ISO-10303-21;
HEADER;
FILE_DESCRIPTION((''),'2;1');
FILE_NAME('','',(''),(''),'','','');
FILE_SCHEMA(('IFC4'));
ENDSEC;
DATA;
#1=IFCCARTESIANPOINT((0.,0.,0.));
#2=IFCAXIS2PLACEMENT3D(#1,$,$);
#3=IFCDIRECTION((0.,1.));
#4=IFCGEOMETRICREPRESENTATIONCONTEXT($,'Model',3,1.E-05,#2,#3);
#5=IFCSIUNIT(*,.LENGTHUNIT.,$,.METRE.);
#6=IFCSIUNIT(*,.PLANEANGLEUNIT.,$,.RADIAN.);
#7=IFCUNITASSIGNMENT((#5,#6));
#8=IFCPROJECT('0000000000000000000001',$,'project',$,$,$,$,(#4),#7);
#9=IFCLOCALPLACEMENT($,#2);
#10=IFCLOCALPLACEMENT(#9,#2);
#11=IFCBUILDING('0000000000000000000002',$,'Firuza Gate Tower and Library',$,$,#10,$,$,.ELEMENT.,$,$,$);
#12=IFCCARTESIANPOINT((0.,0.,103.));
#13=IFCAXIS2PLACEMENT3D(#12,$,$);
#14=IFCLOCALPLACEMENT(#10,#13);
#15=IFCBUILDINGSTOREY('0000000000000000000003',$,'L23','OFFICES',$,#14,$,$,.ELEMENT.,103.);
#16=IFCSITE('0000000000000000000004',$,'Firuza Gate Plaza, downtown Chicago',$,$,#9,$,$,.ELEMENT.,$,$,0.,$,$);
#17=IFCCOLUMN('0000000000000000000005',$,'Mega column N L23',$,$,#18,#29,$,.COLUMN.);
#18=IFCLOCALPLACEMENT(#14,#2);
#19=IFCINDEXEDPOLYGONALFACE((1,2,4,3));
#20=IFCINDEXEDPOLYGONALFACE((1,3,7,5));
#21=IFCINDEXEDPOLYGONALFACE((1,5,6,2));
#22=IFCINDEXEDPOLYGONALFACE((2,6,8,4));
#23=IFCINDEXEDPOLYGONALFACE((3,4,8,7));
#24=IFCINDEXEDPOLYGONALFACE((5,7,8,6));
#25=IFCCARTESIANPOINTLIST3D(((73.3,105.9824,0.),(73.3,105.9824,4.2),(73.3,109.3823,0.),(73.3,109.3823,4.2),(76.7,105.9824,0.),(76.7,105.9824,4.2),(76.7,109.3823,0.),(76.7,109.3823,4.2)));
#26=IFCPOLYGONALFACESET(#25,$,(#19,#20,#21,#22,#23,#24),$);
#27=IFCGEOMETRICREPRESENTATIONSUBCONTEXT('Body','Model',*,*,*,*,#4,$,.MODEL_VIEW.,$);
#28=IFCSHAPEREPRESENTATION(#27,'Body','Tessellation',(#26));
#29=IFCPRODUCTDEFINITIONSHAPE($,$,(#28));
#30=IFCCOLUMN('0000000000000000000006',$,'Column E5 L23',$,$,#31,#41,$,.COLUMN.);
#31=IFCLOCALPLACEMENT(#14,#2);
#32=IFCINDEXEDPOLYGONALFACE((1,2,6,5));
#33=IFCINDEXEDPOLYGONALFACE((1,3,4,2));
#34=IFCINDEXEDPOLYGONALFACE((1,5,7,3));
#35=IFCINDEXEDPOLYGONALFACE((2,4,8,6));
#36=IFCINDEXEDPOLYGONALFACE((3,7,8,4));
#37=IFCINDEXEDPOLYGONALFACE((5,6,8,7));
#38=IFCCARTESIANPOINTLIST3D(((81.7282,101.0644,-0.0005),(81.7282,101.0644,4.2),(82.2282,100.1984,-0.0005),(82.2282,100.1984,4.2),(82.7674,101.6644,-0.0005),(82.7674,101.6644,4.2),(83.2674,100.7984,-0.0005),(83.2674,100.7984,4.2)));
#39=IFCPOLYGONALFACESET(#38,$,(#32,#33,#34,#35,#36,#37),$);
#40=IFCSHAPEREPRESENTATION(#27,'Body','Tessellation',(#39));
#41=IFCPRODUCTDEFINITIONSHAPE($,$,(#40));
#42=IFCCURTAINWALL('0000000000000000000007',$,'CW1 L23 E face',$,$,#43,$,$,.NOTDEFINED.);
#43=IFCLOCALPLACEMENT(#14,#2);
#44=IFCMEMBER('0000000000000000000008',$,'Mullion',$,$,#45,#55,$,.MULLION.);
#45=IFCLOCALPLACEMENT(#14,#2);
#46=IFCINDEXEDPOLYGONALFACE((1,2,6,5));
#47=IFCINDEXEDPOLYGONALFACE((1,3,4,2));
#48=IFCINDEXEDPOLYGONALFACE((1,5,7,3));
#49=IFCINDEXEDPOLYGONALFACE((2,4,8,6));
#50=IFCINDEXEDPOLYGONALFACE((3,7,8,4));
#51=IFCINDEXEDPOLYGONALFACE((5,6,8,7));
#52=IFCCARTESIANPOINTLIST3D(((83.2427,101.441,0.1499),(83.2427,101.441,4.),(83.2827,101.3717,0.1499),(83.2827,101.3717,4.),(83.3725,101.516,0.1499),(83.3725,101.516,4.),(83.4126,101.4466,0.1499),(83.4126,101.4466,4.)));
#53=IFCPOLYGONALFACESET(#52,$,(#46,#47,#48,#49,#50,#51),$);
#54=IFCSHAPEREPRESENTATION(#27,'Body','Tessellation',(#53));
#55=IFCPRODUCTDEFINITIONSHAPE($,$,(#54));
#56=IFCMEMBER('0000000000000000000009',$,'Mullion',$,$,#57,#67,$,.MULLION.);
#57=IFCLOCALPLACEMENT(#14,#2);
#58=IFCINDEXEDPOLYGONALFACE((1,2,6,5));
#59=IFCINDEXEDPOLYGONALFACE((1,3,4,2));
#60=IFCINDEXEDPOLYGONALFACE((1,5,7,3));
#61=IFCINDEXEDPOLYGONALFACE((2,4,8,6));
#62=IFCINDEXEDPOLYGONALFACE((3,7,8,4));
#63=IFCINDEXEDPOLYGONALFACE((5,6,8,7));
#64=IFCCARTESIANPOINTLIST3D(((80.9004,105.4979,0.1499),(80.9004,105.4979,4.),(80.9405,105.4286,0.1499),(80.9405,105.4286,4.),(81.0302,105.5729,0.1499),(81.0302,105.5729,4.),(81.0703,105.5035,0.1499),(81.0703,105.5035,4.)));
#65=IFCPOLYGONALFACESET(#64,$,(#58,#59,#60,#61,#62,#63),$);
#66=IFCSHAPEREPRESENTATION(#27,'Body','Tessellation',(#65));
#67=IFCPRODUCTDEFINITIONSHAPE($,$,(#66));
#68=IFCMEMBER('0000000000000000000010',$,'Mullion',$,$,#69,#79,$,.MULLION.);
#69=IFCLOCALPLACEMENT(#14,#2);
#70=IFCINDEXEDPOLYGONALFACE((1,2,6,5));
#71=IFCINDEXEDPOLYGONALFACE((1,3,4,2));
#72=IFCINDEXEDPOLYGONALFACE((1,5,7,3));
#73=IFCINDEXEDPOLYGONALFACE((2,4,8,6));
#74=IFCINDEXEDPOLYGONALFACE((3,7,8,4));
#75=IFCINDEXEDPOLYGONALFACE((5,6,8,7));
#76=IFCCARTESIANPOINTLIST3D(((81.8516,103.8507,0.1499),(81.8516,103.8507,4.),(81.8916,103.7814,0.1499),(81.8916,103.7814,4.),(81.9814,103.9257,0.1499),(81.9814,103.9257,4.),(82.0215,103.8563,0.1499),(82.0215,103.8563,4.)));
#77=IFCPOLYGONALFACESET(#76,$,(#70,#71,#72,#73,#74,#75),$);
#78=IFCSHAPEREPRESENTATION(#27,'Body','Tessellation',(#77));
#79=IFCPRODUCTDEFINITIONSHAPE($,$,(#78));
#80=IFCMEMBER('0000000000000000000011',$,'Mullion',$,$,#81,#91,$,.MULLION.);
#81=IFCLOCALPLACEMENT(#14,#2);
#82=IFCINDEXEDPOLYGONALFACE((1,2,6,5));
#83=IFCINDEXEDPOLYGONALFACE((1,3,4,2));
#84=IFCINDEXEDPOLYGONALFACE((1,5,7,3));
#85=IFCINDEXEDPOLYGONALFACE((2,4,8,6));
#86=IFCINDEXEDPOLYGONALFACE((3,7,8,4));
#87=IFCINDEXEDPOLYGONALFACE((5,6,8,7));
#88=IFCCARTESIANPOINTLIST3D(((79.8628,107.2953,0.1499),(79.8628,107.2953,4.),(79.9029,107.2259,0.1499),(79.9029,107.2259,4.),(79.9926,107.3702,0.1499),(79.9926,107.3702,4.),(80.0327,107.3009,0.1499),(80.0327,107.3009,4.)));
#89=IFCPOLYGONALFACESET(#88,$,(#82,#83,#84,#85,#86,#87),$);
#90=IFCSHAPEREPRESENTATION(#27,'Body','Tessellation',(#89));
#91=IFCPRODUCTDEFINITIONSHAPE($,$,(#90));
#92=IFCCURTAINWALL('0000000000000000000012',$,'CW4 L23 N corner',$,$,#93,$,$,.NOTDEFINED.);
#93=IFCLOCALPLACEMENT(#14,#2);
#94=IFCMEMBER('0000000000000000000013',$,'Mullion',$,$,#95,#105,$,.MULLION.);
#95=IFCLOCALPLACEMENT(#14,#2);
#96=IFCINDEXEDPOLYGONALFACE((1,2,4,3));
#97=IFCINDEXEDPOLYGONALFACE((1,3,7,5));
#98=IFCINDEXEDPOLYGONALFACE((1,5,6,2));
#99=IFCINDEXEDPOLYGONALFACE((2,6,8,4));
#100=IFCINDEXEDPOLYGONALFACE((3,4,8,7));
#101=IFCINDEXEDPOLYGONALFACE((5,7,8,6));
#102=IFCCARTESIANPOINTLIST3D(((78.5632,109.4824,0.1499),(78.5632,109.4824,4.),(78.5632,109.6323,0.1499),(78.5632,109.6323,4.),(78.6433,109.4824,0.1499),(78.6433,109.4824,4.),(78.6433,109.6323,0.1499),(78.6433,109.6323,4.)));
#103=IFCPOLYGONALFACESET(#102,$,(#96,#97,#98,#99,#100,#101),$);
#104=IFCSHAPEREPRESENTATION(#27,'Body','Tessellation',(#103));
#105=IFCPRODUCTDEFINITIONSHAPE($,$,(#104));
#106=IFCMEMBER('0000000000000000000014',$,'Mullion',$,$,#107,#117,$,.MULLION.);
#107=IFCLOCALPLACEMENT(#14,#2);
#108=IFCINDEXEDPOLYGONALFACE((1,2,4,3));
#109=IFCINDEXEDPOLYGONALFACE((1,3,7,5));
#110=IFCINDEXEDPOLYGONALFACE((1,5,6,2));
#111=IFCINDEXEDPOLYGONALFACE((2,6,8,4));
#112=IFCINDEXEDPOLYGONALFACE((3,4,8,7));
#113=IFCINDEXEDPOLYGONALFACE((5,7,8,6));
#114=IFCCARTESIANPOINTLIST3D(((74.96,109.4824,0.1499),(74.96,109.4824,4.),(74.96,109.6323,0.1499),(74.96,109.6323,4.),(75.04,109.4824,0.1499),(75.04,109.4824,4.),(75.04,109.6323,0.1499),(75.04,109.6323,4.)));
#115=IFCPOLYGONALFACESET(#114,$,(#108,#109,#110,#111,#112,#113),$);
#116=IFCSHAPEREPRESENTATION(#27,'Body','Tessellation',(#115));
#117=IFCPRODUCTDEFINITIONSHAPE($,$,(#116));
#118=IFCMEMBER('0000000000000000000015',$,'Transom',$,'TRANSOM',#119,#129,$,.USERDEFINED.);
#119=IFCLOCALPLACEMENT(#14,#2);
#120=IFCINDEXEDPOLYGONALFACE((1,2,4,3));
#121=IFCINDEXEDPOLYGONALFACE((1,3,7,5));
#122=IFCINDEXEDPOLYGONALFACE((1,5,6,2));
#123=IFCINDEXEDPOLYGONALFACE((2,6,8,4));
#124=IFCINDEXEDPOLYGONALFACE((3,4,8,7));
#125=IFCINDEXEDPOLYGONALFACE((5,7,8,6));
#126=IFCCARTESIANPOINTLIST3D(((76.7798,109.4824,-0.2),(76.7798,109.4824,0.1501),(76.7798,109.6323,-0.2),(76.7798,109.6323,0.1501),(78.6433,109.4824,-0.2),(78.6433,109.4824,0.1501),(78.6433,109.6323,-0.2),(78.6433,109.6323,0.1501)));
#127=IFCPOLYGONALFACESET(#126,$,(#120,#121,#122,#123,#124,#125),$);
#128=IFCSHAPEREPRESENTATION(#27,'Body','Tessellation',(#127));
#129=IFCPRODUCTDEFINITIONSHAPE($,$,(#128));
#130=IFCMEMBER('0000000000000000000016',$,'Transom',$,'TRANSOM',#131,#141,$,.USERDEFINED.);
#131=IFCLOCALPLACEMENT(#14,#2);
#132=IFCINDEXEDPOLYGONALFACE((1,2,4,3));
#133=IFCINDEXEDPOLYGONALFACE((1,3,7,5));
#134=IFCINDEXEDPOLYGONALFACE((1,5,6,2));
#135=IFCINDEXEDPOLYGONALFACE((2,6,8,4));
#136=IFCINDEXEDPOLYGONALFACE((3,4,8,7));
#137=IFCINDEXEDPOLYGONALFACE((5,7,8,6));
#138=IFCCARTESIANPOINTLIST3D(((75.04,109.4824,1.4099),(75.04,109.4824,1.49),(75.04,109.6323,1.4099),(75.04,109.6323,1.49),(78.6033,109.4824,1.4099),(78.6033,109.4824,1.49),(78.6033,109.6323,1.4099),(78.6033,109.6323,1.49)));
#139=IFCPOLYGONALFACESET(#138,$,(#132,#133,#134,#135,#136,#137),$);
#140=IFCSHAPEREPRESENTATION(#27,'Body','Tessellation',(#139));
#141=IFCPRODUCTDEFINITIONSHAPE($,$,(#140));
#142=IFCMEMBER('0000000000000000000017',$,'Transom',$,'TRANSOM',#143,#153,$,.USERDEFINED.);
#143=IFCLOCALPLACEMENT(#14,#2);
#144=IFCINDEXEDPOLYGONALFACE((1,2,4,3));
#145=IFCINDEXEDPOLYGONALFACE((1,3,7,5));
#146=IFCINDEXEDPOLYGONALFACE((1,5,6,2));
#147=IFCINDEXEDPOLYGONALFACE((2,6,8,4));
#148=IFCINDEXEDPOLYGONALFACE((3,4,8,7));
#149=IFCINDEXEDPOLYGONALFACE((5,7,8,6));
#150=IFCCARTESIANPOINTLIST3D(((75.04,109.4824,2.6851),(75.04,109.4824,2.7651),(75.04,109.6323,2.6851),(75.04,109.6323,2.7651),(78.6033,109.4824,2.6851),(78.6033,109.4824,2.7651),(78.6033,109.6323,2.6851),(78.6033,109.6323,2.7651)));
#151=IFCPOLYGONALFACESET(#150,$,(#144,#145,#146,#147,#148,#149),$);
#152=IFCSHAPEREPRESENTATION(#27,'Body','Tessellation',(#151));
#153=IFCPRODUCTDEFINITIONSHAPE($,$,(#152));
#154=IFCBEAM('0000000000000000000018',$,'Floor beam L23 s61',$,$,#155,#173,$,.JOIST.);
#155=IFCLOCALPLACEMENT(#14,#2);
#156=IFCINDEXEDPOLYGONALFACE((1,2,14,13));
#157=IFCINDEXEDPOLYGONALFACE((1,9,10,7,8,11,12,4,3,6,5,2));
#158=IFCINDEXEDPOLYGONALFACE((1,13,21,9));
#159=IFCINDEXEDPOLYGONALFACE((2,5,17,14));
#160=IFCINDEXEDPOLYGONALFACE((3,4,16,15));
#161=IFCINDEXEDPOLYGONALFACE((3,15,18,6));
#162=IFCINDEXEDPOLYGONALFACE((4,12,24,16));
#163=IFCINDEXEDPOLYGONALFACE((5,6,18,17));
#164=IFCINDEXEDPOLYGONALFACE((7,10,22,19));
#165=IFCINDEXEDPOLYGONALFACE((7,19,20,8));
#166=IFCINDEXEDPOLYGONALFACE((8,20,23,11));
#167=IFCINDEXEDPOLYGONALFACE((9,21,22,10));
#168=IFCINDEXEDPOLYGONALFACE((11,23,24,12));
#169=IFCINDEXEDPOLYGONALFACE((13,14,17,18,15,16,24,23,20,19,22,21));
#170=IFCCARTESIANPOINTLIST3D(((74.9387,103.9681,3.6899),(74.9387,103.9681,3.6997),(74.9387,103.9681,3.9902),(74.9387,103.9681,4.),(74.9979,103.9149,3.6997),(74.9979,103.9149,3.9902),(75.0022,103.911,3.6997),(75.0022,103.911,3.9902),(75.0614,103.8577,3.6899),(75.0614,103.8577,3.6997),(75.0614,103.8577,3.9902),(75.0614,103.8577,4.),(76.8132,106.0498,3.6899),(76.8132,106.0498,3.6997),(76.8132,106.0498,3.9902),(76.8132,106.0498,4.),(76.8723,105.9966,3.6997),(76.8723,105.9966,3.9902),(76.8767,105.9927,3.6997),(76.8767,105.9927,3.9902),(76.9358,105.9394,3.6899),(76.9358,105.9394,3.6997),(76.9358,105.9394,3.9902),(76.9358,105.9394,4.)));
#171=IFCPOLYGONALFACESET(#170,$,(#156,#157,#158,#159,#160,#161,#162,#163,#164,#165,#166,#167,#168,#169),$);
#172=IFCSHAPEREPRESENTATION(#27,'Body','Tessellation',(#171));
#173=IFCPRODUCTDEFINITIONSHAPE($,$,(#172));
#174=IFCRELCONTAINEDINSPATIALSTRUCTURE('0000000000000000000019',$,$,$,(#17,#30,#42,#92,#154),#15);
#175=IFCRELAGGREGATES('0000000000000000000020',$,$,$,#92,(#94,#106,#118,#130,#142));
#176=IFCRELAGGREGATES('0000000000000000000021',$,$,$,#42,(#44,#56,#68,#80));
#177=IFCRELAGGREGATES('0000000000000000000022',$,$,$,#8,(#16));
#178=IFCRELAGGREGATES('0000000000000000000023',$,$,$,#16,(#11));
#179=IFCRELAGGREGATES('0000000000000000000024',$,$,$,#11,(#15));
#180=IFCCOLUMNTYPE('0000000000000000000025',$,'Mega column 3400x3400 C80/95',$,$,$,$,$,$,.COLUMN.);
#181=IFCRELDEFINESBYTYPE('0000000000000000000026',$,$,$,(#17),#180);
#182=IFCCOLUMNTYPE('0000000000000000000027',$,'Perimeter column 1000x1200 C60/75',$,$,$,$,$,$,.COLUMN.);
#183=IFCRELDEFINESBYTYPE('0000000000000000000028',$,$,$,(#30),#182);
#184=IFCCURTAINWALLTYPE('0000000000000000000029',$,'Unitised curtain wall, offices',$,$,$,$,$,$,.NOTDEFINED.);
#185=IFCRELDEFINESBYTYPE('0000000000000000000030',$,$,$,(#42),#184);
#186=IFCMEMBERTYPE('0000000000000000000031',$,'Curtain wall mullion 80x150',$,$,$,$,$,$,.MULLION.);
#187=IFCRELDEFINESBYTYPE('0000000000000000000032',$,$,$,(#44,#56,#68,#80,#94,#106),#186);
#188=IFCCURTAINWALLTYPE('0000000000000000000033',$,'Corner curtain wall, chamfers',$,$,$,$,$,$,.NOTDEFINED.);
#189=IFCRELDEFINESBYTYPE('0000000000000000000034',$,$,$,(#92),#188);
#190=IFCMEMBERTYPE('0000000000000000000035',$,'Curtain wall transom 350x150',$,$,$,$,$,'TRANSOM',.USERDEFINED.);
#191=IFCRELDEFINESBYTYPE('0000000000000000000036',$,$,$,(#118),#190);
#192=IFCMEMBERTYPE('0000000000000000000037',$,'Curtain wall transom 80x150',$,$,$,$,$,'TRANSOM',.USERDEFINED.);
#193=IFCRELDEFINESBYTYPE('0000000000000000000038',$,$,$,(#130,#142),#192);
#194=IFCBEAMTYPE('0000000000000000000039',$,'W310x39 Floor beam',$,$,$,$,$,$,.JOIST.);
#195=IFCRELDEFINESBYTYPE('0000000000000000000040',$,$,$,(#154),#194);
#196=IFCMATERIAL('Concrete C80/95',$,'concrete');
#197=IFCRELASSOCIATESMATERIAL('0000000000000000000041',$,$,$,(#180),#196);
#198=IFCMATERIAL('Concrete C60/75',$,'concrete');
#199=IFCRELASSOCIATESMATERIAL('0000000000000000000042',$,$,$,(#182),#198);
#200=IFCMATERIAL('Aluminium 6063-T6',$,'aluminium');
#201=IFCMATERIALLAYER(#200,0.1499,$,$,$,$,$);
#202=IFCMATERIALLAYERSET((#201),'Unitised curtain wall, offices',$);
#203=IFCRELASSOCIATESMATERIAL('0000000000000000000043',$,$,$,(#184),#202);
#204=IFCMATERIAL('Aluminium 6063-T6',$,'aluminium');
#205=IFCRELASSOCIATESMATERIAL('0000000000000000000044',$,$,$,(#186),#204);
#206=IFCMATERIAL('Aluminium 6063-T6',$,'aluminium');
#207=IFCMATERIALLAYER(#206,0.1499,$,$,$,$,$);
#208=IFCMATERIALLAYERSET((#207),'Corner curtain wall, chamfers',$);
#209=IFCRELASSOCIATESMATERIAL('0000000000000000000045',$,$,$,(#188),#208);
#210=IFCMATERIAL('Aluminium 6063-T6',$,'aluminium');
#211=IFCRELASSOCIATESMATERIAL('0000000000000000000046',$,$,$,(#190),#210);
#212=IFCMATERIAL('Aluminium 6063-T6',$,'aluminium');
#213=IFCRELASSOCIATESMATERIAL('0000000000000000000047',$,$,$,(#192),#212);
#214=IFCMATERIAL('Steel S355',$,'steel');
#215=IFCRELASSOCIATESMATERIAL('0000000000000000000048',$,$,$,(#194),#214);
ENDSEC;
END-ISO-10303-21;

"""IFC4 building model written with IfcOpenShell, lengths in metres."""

from ifc_helpers import new_model, si_unit, direction, frame, origin, origin_2d, place, context, subcontext, project, spatial, rectangle, i_section, extrude, material, layer, layer_set, material_profile, profile_set, type_object, element, aggregate, save


model = new_model("IFC4")

# Units and contexts
model_context = context("Model", 3, precision=1e-05, world=origin(), true_north=direction((0.0, 1.0)))
body_context = subcontext(model_context, "Body", "Model", "MODEL_VIEW")
ifc_project = project(units=[si_unit("LENGTHUNIT", "METRE"), si_unit("PLANEANGLEUNIT", "RADIAN")], contexts=[model_context])

# Site, building, storey
site_placement = place(None, origin())
site = spatial("IfcSite", under=ifc_project, at=site_placement, Name="Firuza Gate Plaza, downtown Chicago", CompositionType="ELEMENT", RefElevation=0.0)
building_placement = place(site_placement, origin())
building = spatial("IfcBuilding", under=site, at=building_placement, Name="Firuza Gate Tower and Library", CompositionType="ELEMENT")
storey_placement = place(building_placement, frame((0.0, 0.0, 103.0)))
storey = spatial("IfcBuildingStorey", under=building, at=storey_placement, Name="L23", Description="OFFICES", CompositionType="ELEMENT", Elevation=103.0)

# Columns
ifc_material_1 = material(Name="Concrete C80/95", Category="concrete")
ifc_material_profile_1 = material_profile(ifc_material_1, rectangle(XDim=3.3999, YDim=3.3999, at=origin_2d()))
ifc_profile_set_1 = profile_set([ifc_material_profile_1], Name="Concrete C80/95")
column_type_1 = type_object("IfcColumnType", Name="Mega column 3400x3400 C80/95", PredefinedType="COLUMN", material=ifc_profile_set_1)
column_1_placement = place(storey_placement, frame((75.0, 107.6824, 0.0), z_axis=(0.0, 0.0, 1.0), x_axis=(-1.0, 0.0, 0.0)))
element("IfcColumn", 1, at=column_1_placement, inside=storey, type_object=column_type_1, Name="Mega column N L23", PredefinedType="COLUMN", context=body_context, shape_type="SweptSolid", body=[
    extrude(rectangle(XDim=3.3999, YDim=3.3999, at=origin_2d()), origin(), (0.0, 0.0, 1.0), 4.2),
])
ifc_material_2 = material(Name="Concrete C60/75", Category="concrete")
ifc_material_profile_2 = material_profile(ifc_material_2, rectangle(XDim=1.0, YDim=1.2, at=origin_2d()))
ifc_profile_set_2 = profile_set([ifc_material_profile_2], Name="Concrete C60/75")
column_type_2 = type_object("IfcColumnType", Name="Perimeter column 1000x1200 C60/75", PredefinedType="COLUMN", material=ifc_profile_set_2)
column_2_placement = place(storey_placement, frame((82.4978, 100.9314, -0.0005), z_axis=(0.0, 0.0, 1.0), x_axis=(-0.5, 0.866025, 0.0)))
element("IfcColumn", 2, at=column_2_placement, inside=storey, type_object=column_type_2, Name="Column E5 L23", PredefinedType="COLUMN", context=body_context, shape_type="SweptSolid", body=[
    extrude(rectangle(XDim=1.0, YDim=1.2, at=origin_2d()), origin(), (0.0, 0.0, 1.0), 4.2004),
])

# Curtain walls, members
ifc_material_3 = material(Name="Aluminium 6063-T6", Category="aluminium")
ifc_layer_1 = layer(ifc_material_3, 0.1499)
ifc_layer_set_1 = layer_set([ifc_layer_1], Name="Unitised curtain wall, offices")
curtain_wall_type_1 = type_object("IfcCurtainWallType", Name="Unitised curtain wall, offices", PredefinedType="NOTDEFINED", material=ifc_layer_set_1)
placement = place(storey_placement, origin())
curtain_wall_1 = element("IfcCurtainWall", 3, at=placement, inside=storey, type_object=curtain_wall_type_1, Name="CW1 L23 E face", PredefinedType="NOTDEFINED")
ifc_material_4 = material(Name="Aluminium 6063-T6", Category="aluminium")
ifc_material_profile_3 = material_profile(ifc_material_4, rectangle(XDim=0.1499, YDim=0.0801, at=origin_2d()))
ifc_profile_set_3 = profile_set([ifc_material_profile_3], Name="Aluminium 6063-T6")
member_type_1 = type_object("IfcMemberType", Name="Curtain wall mullion 80x150", PredefinedType="MULLION", material=ifc_profile_set_3)
member_1_placement = place(storey_placement, frame((83.3276, 101.4438, 0.1499), z_axis=(0.0, 0.0, 1.0), x_axis=(-0.866025, -0.5, 0.0)))
member_1 = element("IfcMember", 4, at=member_1_placement, type_object=member_type_1, Name="Mullion", PredefinedType="MULLION", context=body_context, shape_type="SweptSolid", body=[
    extrude(rectangle(XDim=0.1499, YDim=0.0801, at=origin_2d()), origin(), (0.0, 0.0, 1.0), 3.8501),
])
member_2_placement = place(storey_placement, frame((80.9854, 105.5007, 0.1499), z_axis=(0.0, 0.0, 1.0), x_axis=(-0.866025, -0.5, 0.0)))
member_2 = element("IfcMember", 5, at=member_2_placement, type_object=member_type_1, Name="Mullion", PredefinedType="MULLION", context=body_context, shape_type="SweptSolid", body=[
    extrude(rectangle(XDim=0.1499, YDim=0.0801, at=origin_2d()), origin(), (0.0, 0.0, 1.0), 3.8501),
])
member_3_placement = place(storey_placement, frame((81.9365, 103.8535, 0.1499), z_axis=(0.0, 0.0, 1.0), x_axis=(-0.866025, -0.5, 0.0)))
member_3 = element("IfcMember", 6, at=member_3_placement, type_object=member_type_1, Name="Mullion", PredefinedType="MULLION", context=body_context, shape_type="SweptSolid", body=[
    extrude(rectangle(XDim=0.1499, YDim=0.0801, at=origin_2d()), origin(), (0.0, 0.0, 1.0), 3.8501),
])
member_4_placement = place(storey_placement, frame((79.9478, 107.2981, 0.1499), z_axis=(0.0, 0.0, 1.0), x_axis=(-0.866025, -0.5, 0.0)))
member_4 = element("IfcMember", 7, at=member_4_placement, type_object=member_type_1, Name="Mullion", PredefinedType="MULLION", context=body_context, shape_type="SweptSolid", body=[
    extrude(rectangle(XDim=0.1499, YDim=0.0801, at=origin_2d()), origin(), (0.0, 0.0, 1.0), 3.8501),
])
ifc_material_5 = material(Name="Aluminium 6063-T6", Category="aluminium")
ifc_layer_2 = layer(ifc_material_5, 0.1499)
ifc_layer_set_2 = layer_set([ifc_layer_2], Name="Corner curtain wall, chamfers")
curtain_wall_type_2 = type_object("IfcCurtainWallType", Name="Corner curtain wall, chamfers", PredefinedType="NOTDEFINED", material=ifc_layer_set_2)
curtain_wall_2 = element("IfcCurtainWall", 8, at=placement, inside=storey, type_object=curtain_wall_type_2, Name="CW4 L23 N corner", PredefinedType="NOTDEFINED")
member_5_placement = place(storey_placement, frame((78.6033, 109.5574, 0.1499), z_axis=(0.0, 0.0, 1.0), x_axis=(0.0, -1.0, 0.0)))
member_5 = element("IfcMember", 9, at=member_5_placement, type_object=member_type_1, Name="Mullion", PredefinedType="MULLION", context=body_context, shape_type="SweptSolid", body=[
    extrude(rectangle(XDim=0.1499, YDim=0.0801, at=origin_2d()), origin(), (0.0, 0.0, 1.0), 3.8501),
])
member_6_placement = place(storey_placement, frame((75.0, 109.5574, 0.1499), z_axis=(0.0, 0.0, 1.0), x_axis=(0.0, -1.0, 0.0)))
member_6 = element("IfcMember", 10, at=member_6_placement, type_object=member_type_1, Name="Mullion", PredefinedType="MULLION", context=body_context, shape_type="SweptSolid", body=[
    extrude(rectangle(XDim=0.1499, YDim=0.0801, at=origin_2d()), origin(), (0.0, 0.0, 1.0), 3.8501),
])
ifc_material_6 = material(Name="Aluminium 6063-T6", Category="aluminium")
ifc_material_profile_4 = material_profile(ifc_material_6, rectangle(XDim=0.1499, YDim=0.3501, at=origin_2d()))
ifc_profile_set_4 = profile_set([ifc_material_profile_4], Name="Aluminium 6063-T6")
member_type_2 = type_object("IfcMemberType", Name="Curtain wall transom 350x150", ElementType="TRANSOM", PredefinedType="USERDEFINED", material=ifc_profile_set_4)
member_7_placement = place(storey_placement, frame((78.6433, 109.5574, -0.0249), z_axis=(-1.0, 0.0, 0.0), x_axis=(0.0, -1.0, 0.0)))
member_7 = element("IfcMember", 11, at=member_7_placement, type_object=member_type_2, Name="Transom", ObjectType="TRANSOM", PredefinedType="USERDEFINED", context=body_context, shape_type="SweptSolid", body=[
    extrude(rectangle(XDim=0.1499, YDim=0.3501, at=origin_2d()), origin(), (0.0, 0.0, 1.0), 1.8635),
])
ifc_material_7 = material(Name="Aluminium 6063-T6", Category="aluminium")
ifc_material_profile_5 = material_profile(ifc_material_7, rectangle(XDim=0.1499, YDim=0.0801, at=origin_2d()))
ifc_profile_set_5 = profile_set([ifc_material_profile_5], Name="Aluminium 6063-T6")
member_type_3 = type_object("IfcMemberType", Name="Curtain wall transom 80x150", ElementType="TRANSOM", PredefinedType="USERDEFINED", material=ifc_profile_set_5)
member_8_placement = place(storey_placement, frame((78.6033, 109.5574, 1.45), z_axis=(-1.0, 0.0, 0.0), x_axis=(0.0, -1.0, 0.0)))
member_8 = element("IfcMember", 12, at=member_8_placement, type_object=member_type_3, Name="Transom", ObjectType="TRANSOM", PredefinedType="USERDEFINED", context=body_context, shape_type="SweptSolid", body=[
    extrude(rectangle(XDim=0.1499, YDim=0.0801, at=origin_2d()), origin(), (0.0, 0.0, 1.0), 3.5632),
])
member_9_placement = place(storey_placement, frame((78.6033, 109.5574, 2.7251), z_axis=(-1.0, 0.0, 0.0), x_axis=(0.0, -1.0, 0.0)))
member_9 = element("IfcMember", 13, at=member_9_placement, type_object=member_type_3, Name="Transom", ObjectType="TRANSOM", PredefinedType="USERDEFINED", context=body_context, shape_type="SweptSolid", body=[
    extrude(rectangle(XDim=0.1499, YDim=0.0801, at=origin_2d()), origin(), (0.0, 0.0, 1.0), 3.5632),
])

# Beam
ifc_material_8 = material(Name="Steel S355", Category="steel")
ifc_material_profile_6 = material_profile(ifc_material_8, i_section(OverallWidth=0.165, OverallDepth=0.3101, WebThickness=0.0059, FlangeThickness=0.0098, at=origin_2d()))
ifc_profile_set_6 = profile_set([ifc_material_profile_6], Name="Steel S355")
beam_type_1 = type_object("IfcBeamType", Name="W310x39 Floor beam", PredefinedType="JOIST", material=ifc_profile_set_6)
beam_1_placement = place(storey_placement, frame((76.8745, 105.9946, 3.845), z_axis=(-0.669143, -0.743134, 0.0), x_axis=(0.743134, -0.669143, 0.0)))
element("IfcBeam", 14, at=beam_1_placement, inside=storey, type_object=beam_type_1, Name="Floor beam L23 s61", PredefinedType="JOIST", context=body_context, shape_type="SweptSolid", body=[
    extrude(i_section(OverallWidth=0.165, OverallDepth=0.3101, WebThickness=0.0059, FlangeThickness=0.0098, at=origin_2d()), origin(), (0.0, 0.0, 1.0), 2.8013),
])

aggregate(curtain_wall_2, [member_5, member_6, member_7, member_8, member_9])
aggregate(curtain_wall_1, [member_1, member_2, member_3, member_4])

save(model, "model.ifc")
